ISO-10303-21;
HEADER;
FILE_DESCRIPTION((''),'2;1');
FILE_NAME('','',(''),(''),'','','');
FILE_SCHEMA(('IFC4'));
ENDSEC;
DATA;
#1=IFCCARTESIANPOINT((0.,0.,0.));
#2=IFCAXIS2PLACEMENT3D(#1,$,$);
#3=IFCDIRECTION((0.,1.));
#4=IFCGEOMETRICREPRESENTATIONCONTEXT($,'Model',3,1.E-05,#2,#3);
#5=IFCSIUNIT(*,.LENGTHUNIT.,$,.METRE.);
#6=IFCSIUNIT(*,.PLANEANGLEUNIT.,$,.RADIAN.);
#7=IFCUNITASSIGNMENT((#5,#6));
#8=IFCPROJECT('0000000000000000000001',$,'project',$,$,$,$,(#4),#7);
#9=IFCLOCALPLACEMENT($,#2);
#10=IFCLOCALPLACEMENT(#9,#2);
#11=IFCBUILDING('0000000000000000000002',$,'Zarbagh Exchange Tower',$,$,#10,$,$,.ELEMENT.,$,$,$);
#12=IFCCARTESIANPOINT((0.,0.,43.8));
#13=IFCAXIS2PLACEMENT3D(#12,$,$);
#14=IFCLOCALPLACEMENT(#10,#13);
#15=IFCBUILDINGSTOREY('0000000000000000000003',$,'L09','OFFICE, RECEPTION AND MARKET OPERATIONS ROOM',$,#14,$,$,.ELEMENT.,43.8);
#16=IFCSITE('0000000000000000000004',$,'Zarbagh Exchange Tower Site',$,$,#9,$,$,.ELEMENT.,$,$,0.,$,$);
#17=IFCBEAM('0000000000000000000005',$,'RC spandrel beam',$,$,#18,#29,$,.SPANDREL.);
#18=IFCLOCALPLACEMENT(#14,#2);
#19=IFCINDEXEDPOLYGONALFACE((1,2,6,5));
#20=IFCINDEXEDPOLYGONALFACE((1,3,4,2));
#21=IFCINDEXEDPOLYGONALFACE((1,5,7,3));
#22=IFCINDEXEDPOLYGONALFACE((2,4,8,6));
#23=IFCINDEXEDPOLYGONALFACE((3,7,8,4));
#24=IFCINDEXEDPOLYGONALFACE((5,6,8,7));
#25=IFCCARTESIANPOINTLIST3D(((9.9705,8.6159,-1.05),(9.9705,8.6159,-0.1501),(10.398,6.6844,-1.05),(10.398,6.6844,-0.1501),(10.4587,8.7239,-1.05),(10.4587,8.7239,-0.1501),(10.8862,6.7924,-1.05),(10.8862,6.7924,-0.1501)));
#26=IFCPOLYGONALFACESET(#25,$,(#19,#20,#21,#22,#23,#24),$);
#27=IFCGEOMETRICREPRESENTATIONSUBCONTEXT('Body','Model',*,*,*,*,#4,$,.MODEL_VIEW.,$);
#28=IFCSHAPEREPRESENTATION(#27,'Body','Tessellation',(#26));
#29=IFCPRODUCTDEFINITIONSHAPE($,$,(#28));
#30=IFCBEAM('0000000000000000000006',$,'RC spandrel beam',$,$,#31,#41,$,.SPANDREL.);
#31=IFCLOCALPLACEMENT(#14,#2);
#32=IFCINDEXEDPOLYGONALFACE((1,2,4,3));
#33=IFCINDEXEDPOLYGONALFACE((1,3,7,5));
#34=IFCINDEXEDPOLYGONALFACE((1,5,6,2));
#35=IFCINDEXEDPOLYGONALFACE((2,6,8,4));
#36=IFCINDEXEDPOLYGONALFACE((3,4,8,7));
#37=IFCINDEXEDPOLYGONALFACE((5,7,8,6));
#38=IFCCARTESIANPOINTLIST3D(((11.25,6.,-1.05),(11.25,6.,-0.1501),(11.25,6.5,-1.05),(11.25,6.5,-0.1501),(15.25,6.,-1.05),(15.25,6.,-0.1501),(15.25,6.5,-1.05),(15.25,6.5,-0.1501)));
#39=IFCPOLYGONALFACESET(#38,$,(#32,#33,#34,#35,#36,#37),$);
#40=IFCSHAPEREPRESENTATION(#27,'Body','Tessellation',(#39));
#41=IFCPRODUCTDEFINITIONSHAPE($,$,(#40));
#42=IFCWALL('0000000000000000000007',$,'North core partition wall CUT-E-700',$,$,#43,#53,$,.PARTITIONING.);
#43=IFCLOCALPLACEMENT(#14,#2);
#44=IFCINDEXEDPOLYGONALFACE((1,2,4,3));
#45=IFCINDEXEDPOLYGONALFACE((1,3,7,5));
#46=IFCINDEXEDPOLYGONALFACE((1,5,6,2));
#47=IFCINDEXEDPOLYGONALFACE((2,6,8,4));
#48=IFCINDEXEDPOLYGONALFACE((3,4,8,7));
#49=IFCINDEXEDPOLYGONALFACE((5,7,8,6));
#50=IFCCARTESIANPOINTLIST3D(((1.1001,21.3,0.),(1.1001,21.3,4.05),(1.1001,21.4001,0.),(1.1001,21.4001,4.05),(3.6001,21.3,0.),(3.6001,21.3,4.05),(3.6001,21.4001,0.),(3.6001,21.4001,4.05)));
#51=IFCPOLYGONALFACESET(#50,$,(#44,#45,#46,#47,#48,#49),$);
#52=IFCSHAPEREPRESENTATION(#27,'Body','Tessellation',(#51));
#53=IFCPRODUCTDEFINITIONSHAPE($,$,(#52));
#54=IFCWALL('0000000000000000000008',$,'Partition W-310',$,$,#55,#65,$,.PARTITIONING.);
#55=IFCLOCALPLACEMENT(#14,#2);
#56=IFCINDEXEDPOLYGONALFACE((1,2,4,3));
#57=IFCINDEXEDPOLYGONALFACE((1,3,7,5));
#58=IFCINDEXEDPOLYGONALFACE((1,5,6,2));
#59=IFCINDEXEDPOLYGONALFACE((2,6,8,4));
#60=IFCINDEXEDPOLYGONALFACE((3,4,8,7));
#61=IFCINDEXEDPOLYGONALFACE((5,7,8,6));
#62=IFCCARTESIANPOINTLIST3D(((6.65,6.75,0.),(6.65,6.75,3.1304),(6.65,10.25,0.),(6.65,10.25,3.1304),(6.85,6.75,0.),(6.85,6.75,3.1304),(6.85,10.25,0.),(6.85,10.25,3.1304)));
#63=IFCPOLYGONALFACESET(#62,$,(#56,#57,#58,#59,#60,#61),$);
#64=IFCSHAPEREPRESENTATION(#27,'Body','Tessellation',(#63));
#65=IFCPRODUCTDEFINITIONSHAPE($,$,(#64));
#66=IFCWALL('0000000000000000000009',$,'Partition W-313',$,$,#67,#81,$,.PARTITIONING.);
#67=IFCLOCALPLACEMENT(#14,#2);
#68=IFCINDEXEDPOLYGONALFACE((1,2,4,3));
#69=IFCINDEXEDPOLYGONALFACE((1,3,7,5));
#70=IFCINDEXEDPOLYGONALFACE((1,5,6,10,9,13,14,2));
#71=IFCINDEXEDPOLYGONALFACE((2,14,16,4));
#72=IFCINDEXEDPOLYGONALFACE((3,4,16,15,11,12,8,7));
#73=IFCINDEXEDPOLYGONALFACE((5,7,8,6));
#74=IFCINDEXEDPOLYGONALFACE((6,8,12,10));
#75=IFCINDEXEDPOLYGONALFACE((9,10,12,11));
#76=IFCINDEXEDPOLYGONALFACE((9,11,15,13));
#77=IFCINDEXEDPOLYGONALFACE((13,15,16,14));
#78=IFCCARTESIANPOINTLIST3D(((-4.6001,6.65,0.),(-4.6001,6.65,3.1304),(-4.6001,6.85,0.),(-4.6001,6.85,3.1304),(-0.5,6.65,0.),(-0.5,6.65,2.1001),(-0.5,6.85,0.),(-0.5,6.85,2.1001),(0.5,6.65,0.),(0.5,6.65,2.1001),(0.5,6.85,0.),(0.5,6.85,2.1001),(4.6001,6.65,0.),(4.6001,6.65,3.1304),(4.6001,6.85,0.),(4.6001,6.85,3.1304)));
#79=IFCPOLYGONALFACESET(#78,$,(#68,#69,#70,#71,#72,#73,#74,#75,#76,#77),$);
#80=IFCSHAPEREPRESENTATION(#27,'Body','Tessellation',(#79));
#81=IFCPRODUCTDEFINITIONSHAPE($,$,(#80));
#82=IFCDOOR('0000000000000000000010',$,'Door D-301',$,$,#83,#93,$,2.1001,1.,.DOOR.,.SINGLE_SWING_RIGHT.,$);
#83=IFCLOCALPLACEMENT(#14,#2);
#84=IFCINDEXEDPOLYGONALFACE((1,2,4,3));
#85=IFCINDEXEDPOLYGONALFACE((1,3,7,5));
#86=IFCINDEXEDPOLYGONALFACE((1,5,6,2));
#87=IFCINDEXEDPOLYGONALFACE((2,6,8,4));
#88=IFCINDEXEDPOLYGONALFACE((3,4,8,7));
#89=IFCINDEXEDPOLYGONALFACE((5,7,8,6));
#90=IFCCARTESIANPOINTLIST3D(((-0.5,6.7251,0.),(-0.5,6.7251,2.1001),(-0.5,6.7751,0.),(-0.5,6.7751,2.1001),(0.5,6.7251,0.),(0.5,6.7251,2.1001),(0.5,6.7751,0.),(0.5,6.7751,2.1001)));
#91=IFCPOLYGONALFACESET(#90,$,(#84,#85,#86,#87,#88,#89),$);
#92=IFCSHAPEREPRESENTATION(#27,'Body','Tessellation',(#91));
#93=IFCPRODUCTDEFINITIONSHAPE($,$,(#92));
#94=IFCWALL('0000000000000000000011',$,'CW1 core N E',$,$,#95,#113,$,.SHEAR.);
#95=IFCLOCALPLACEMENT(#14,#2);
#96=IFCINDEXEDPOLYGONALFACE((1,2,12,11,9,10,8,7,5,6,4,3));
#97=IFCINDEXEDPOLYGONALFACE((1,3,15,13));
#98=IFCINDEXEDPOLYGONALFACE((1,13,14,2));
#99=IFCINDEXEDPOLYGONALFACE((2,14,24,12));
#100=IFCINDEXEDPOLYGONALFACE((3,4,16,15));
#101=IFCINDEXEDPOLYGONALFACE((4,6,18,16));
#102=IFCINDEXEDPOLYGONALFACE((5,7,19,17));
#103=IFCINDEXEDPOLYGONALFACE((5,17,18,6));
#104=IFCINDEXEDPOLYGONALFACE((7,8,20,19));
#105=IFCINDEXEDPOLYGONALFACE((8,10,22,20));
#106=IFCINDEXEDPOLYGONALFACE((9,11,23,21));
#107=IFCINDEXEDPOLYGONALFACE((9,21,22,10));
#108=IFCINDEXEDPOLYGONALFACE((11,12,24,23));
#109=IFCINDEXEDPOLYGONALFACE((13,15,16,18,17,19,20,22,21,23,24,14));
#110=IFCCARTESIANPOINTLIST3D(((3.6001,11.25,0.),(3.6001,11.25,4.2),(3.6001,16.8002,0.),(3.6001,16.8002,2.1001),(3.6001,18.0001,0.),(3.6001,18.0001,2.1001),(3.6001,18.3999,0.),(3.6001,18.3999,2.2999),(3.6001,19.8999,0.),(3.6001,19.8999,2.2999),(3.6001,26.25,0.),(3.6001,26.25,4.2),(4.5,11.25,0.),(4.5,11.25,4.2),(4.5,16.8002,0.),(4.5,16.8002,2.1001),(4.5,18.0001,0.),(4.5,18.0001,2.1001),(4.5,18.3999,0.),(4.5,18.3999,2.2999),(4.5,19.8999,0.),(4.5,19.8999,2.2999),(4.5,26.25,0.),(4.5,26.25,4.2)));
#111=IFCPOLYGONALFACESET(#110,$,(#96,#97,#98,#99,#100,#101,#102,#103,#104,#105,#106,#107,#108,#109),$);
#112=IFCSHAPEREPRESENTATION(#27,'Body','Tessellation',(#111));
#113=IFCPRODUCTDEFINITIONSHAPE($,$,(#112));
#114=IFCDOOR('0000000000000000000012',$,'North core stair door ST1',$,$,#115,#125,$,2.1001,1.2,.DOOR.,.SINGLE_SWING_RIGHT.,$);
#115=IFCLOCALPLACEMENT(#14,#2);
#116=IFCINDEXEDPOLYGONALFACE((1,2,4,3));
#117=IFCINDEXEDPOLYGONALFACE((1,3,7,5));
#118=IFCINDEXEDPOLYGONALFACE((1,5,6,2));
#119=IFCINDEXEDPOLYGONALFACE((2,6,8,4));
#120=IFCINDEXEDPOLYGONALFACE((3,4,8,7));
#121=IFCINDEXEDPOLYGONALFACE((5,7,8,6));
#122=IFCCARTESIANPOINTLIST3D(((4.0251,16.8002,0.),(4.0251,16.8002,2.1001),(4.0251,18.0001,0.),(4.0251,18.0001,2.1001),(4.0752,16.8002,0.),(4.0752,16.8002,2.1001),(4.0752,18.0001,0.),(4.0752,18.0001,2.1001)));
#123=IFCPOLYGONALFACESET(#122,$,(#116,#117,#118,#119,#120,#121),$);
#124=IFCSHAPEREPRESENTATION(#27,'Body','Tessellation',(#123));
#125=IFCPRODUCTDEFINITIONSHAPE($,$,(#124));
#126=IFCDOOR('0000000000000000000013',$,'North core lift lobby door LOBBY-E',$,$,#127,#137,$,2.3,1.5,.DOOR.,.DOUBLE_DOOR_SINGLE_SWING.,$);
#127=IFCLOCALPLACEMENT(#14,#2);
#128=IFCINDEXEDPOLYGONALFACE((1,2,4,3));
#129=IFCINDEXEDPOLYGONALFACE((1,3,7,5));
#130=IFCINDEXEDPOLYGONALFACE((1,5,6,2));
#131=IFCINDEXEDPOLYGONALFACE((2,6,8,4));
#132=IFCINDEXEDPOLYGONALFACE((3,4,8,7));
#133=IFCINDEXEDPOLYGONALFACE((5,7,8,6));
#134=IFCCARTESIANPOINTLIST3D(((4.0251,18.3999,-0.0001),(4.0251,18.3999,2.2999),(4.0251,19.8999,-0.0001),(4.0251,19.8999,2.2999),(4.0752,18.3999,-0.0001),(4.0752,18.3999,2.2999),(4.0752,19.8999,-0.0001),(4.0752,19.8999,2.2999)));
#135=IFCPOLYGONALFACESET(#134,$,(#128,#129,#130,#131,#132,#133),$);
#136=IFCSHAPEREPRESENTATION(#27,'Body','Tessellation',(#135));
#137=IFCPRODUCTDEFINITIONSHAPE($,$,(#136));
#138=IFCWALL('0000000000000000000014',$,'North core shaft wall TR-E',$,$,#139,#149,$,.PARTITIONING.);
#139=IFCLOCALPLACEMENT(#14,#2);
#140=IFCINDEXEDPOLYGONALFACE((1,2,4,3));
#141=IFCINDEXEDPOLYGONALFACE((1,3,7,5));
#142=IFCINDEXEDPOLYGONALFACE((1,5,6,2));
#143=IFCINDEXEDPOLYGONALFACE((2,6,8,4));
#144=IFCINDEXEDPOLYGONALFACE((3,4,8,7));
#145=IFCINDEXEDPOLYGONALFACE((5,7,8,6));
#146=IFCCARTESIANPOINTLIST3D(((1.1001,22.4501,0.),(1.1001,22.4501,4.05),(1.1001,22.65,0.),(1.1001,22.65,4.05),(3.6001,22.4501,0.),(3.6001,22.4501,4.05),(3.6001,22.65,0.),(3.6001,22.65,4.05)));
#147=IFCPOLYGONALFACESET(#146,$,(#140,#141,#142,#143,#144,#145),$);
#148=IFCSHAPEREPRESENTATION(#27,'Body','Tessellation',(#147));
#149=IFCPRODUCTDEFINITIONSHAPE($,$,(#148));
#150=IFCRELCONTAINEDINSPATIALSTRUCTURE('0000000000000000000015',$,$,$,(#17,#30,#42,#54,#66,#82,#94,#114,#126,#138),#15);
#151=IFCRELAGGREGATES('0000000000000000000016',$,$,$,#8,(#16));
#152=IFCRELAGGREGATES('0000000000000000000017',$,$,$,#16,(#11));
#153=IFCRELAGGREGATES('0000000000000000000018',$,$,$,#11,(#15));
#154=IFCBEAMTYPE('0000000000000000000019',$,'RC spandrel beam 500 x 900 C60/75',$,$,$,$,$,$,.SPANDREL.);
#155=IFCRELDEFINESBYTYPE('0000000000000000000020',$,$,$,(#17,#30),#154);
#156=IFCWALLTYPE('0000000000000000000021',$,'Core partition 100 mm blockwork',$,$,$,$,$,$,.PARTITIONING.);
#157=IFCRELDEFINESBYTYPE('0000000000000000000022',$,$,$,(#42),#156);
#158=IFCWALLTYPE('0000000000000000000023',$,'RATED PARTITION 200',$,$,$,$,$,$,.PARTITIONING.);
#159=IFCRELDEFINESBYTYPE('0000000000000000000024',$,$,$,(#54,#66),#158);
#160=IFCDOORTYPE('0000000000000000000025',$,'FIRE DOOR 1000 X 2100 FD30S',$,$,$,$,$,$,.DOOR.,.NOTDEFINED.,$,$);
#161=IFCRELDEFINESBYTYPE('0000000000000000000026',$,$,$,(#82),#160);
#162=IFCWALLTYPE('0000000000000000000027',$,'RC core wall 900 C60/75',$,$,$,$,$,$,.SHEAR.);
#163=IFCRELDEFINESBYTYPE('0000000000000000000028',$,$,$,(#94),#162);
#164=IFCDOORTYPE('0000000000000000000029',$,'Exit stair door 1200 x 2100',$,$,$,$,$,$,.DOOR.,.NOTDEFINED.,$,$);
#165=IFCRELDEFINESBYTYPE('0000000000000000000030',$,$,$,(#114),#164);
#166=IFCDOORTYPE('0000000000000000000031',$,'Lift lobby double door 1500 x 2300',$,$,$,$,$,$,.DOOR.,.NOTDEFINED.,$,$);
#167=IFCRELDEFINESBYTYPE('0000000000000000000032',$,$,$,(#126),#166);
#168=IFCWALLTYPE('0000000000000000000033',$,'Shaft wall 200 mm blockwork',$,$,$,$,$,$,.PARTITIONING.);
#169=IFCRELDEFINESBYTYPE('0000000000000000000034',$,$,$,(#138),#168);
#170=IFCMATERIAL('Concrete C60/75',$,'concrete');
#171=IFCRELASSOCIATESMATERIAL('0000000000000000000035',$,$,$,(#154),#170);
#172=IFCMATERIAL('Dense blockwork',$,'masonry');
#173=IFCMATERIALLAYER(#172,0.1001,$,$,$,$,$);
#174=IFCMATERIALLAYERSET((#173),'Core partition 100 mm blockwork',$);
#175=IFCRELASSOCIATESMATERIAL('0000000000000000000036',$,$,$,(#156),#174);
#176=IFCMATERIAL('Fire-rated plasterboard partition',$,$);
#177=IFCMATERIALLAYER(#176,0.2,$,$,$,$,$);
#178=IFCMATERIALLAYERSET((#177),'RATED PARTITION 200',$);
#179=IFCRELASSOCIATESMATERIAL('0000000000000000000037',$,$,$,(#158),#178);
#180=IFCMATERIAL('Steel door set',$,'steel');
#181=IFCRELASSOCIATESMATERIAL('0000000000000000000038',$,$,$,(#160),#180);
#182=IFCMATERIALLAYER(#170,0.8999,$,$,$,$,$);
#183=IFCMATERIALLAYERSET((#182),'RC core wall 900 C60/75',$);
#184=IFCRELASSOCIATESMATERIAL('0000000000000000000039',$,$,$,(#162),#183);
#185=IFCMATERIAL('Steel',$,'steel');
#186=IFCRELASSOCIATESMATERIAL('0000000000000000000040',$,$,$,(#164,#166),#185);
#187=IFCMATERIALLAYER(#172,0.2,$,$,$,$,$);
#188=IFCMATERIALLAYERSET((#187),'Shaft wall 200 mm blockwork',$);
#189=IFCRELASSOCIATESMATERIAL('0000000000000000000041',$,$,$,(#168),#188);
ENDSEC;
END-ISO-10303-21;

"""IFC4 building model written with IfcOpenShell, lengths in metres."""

from ifc_helpers import new_model, si_unit, direction, frame, frame_2d, origin, origin_2d, place, context, subcontext, project, spatial, rectangle, extrude, material, layer, layer_set, material_profile, profile_set, type_object, element, fill, save


model = new_model("IFC4")

# Units and contexts
model_context = context("Model", 3, precision=1e-05, world=origin(), true_north=direction((0.0, 1.0)))
body_context = subcontext(model_context, "Body", "Model", "MODEL_VIEW")
ifc_project = project(units=[si_unit("LENGTHUNIT", "METRE"), si_unit("PLANEANGLEUNIT", "RADIAN")], contexts=[model_context])

# Site, building, storey
site_placement = place(None, origin())
site = spatial("IfcSite", under=ifc_project, at=site_placement, Name="Zarbagh Exchange Tower Site", CompositionType="ELEMENT", RefElevation=0.0)
building_placement = place(site_placement, origin())
building = spatial("IfcBuilding", under=site, at=building_placement, Name="Zarbagh Exchange Tower", CompositionType="ELEMENT")
storey_placement = place(building_placement, frame((0.0, 0.0, 43.8)))
storey = spatial("IfcBuildingStorey", under=building, at=storey_placement, Name="L09", Description="OFFICE, RECEPTION AND MARKET OPERATIONS ROOM", CompositionType="ELEMENT", Elevation=43.8)

# Shared definitions
ifc_material_1 = material(Name="Concrete C60/75", Category="concrete")

# Beams
ifc_material_profile_1 = material_profile(ifc_material_1, rectangle(XDim=0.5, YDim=0.8999, at=origin_2d()), Name="RC spandrel beam 500 x 900 C60/75")
ifc_profile_set_1 = profile_set([ifc_material_profile_1], Name="Concrete C60/75")
beam_type = type_object("IfcBeamType", Name="RC spandrel beam 500 x 900 C60/75", PredefinedType="SPANDREL", material=ifc_profile_set_1)
beam_1_placement = place(storey_placement, frame((10.2146, 8.6699, -0.6001), z_axis=(0.216081, -0.976375, 0.0), x_axis=(0.976375, 0.216081, 0.0)))
element("IfcBeam", 1, at=beam_1_placement, inside=storey, type_object=beam_type, Name="RC spandrel beam", PredefinedType="SPANDREL", context=body_context, shape_type="SweptSolid", body=[
    extrude(rectangle(XDim=0.5, YDim=0.8999, at=origin_2d()), origin(), (0.0, 0.0, 1.0), 1.9783),
])
beam_2_placement = place(storey_placement, frame((11.25, 6.25, -0.6001), z_axis=(1.0, 0.0, 0.0), x_axis=(0.0, 1.0, 0.0)))
element("IfcBeam", 2, at=beam_2_placement, inside=storey, type_object=beam_type, Name="RC spandrel beam", PredefinedType="SPANDREL", context=body_context, shape_type="SweptSolid", body=[
    extrude(rectangle(XDim=0.5, YDim=0.8999, at=origin_2d()), origin(), (0.0, 0.0, 1.0), 4.0),
])

# Walls
ifc_material_2 = material(Name="Dense blockwork", Category="masonry")
ifc_layer_1 = layer(ifc_material_2, 0.1001)
ifc_layer_set_1 = layer_set([ifc_layer_1], Name="Core partition 100 mm blockwork")
wall_type_1 = type_object("IfcWallType", Name="Core partition 100 mm blockwork", PredefinedType="PARTITIONING", material=ifc_layer_set_1)
wall_1_placement = place(storey_placement, frame((1.1001, 21.3501, 0.0), z_axis=(0.0, 0.0, 1.0), x_axis=(1.0, 0.0, 0.0)))
element("IfcWall", 3, at=wall_1_placement, inside=storey, type_object=wall_type_1, Name="North core partition wall CUT-E-700", PredefinedType="PARTITIONING", context=body_context, shape_type="SweptSolid", body=[
    extrude(rectangle(XDim=2.5, YDim=0.1001, at=frame_2d((1.25, 0.0))), origin(), (0.0, 0.0, 1.0), 4.05),
])
ifc_material_3 = material(Name="Fire-rated plasterboard partition")
ifc_layer_2 = layer(ifc_material_3, 0.2)
ifc_layer_set_2 = layer_set([ifc_layer_2], Name="RATED PARTITION 200")
wall_type_2 = type_object("IfcWallType", Name="RATED PARTITION 200", PredefinedType="PARTITIONING", material=ifc_layer_set_2)
wall_2_placement = place(storey_placement, frame((6.75, 6.75, 0.0), z_axis=(0.0, 0.0, 1.0), x_axis=(0.0, 1.0, 0.0)))
element("IfcWall", 4, at=wall_2_placement, inside=storey, type_object=wall_type_2, Name="Partition W-310", PredefinedType="PARTITIONING", context=body_context, shape_type="SweptSolid", body=[
    extrude(rectangle(XDim=3.5, YDim=0.2, at=frame_2d((1.75, 0.0))), origin(), (0.0, 0.0, 1.0), 3.1304),
])

# Wall, opening, door
wall_3_placement = place(storey_placement, frame((4.6001, 6.75, 0.0), z_axis=(0.0, 0.0, 1.0), x_axis=(-1.0, 0.0, 0.0)))
wall_3 = element("IfcWall", 5, at=wall_3_placement, inside=storey, type_object=wall_type_2, Name="Partition W-313", PredefinedType="PARTITIONING", context=body_context, shape_type="SweptSolid", body=[
    extrude(rectangle(XDim=9.2002, YDim=0.2, at=frame_2d((4.6001, 0.0))), origin(), (0.0, 0.0, 1.0), 3.1304),
])
opening_1_placement = place(wall_3_placement, frame((4.1001, 0.0, 0.0)))
opening_1 = element("IfcOpeningElement", 6, at=opening_1_placement, cuts=wall_3, PredefinedType="OPENING", context=body_context, shape_type="SweptSolid", body=[
    extrude(rectangle(XDim=1.0, YDim=2.1001, at=frame_2d((0.5, 1.05))), frame((0.0, 0.1099, 0.0), z_axis=(0.0, -1.0, 0.0), x_axis=(1.0, 0.0, 0.0)), (0.0, 0.0, 1.0), 0.22),
])
ifc_material_4 = material(Name="Steel door set", Category="steel")
door_type_1 = type_object("IfcDoorType", Name="FIRE DOOR 1000 X 2100 FD30S", OperationType="NOTDEFINED", PredefinedType="DOOR", material=ifc_material_4)
door_1_placement = place(opening_1_placement, origin())
door_1 = element("IfcDoor", 7, at=door_1_placement, inside=storey, type_object=door_type_1, Name="Door D-301", OperationType="SINGLE_SWING_RIGHT", OverallHeight=2.1001, OverallWidth=1.0, PredefinedType="DOOR", context=body_context, shape_type="SweptSolid", body=[
    extrude(rectangle(XDim=1.0, YDim=2.1001, at=frame_2d((0.5, 1.05))), frame((0.0, 0.0249, 0.0), z_axis=(0.0, -1.0, 0.0), x_axis=(1.0, 0.0, 0.0)), (0.0, 0.0, 1.0), 0.05),
])
fill(opening_1, door_1)

# Wall, openings, doors
ifc_layer_3 = layer(ifc_material_1, 0.8999)
ifc_layer_set_3 = layer_set([ifc_layer_3], Name="RC core wall 900 C60/75")
wall_type_3 = type_object("IfcWallType", Name="RC core wall 900 C60/75", PredefinedType="SHEAR", material=ifc_layer_set_3)
wall_4_placement = place(storey_placement, frame((4.05, 11.25, 0.0), z_axis=(0.0, 0.0, 1.0), x_axis=(0.0, 1.0, 0.0)))
wall_4 = element("IfcWall", 8, at=wall_4_placement, inside=storey, type_object=wall_type_3, Name="CW1 core N E", PredefinedType="SHEAR", context=body_context, shape_type="SweptSolid", body=[
    extrude(rectangle(XDim=15.0, YDim=0.8999, at=frame_2d((7.5, 0.0))), origin(), (0.0, 0.0, 1.0), 4.2),
])
opening_2_placement = place(wall_4_placement, frame((7.1499, 0.0, 0.0)))
opening_2 = element("IfcOpeningElement", 9, at=opening_2_placement, cuts=wall_4, PredefinedType="OPENING", context=body_context, shape_type="SweptSolid", body=[
    extrude(rectangle(XDim=1.5, YDim=2.3, at=frame_2d((0.75, 1.1499))), frame((0.0, 0.46, 0.0), z_axis=(0.0, -1.0, 0.0), x_axis=(1.0, 0.0, 0.0)), (0.0, 0.0, 1.0), 0.9199),
])
opening_3_placement = place(wall_4_placement, frame((5.55, 0.0, 0.0)))
opening_3 = element("IfcOpeningElement", 10, at=opening_3_placement, cuts=wall_4, PredefinedType="OPENING", context=body_context, shape_type="SweptSolid", body=[
    extrude(rectangle(XDim=1.2, YDim=2.1001, at=frame_2d((0.6001, 1.05))), frame((0.0, 0.46, 0.0), z_axis=(0.0, -1.0, 0.0), x_axis=(1.0, 0.0, 0.0)), (0.0, 0.0, 1.0), 0.9199),
])
ifc_material_5 = material(Name="Steel", Category="steel")
door_type_2 = type_object("IfcDoorType", Name="Exit stair door 1200 x 2100", OperationType="NOTDEFINED", PredefinedType="DOOR", material=ifc_material_5)
door_2_placement = place(opening_3_placement, origin())
door_2 = element("IfcDoor", 11, at=door_2_placement, inside=storey, type_object=door_type_2, Name="North core stair door ST1", OperationType="SINGLE_SWING_RIGHT", OverallHeight=2.1001, OverallWidth=1.2, PredefinedType="DOOR", context=body_context, shape_type="SweptSolid", body=[
    extrude(rectangle(XDim=1.2, YDim=2.1001, at=frame_2d((0.6001, 1.05))), frame((0.0, 0.0249, 0.0), z_axis=(0.0, -1.0, 0.0), x_axis=(1.0, 0.0, 0.0)), (0.0, 0.0, 1.0), 0.05),
])
fill(opening_3, door_2)
door_type_3 = type_object("IfcDoorType", Name="Lift lobby double door 1500 x 2300", OperationType="NOTDEFINED", PredefinedType="DOOR", material=ifc_material_5)
door_3_placement = place(opening_2_placement, origin())
door_3 = element("IfcDoor", 12, at=door_3_placement, inside=storey, type_object=door_type_3, Name="North core lift lobby door LOBBY-E", OperationType="DOUBLE_DOOR_SINGLE_SWING", OverallHeight=2.3, OverallWidth=1.5, PredefinedType="DOOR", context=body_context, shape_type="SweptSolid", body=[
    extrude(rectangle(XDim=1.5, YDim=2.3, at=frame_2d((0.75, 1.1499))), frame((0.0, 0.0249, 0.0), z_axis=(0.0, -1.0, 0.0), x_axis=(1.0, 0.0, 0.0)), (0.0, 0.0, 1.0), 0.05),
])
fill(opening_2, door_3)

# Wall
ifc_layer_4 = layer(ifc_material_2, 0.2)
ifc_layer_set_4 = layer_set([ifc_layer_4], Name="Shaft wall 200 mm blockwork")
wall_type_4 = type_object("IfcWallType", Name="Shaft wall 200 mm blockwork", PredefinedType="PARTITIONING", material=ifc_layer_set_4)
wall_5_placement = place(storey_placement, frame((1.1001, 22.55, 0.0), z_axis=(0.0, 0.0, 1.0), x_axis=(1.0, 0.0, 0.0)))
element("IfcWall", 13, at=wall_5_placement, inside=storey, type_object=wall_type_4, Name="North core shaft wall TR-E", PredefinedType="PARTITIONING", context=body_context, shape_type="SweptSolid", body=[
    extrude(rectangle(XDim=2.5, YDim=0.2, at=frame_2d((1.25, 0.0))), origin(), (0.0, 0.0, 1.0), 4.05),
])

save(model, "model.ifc")
